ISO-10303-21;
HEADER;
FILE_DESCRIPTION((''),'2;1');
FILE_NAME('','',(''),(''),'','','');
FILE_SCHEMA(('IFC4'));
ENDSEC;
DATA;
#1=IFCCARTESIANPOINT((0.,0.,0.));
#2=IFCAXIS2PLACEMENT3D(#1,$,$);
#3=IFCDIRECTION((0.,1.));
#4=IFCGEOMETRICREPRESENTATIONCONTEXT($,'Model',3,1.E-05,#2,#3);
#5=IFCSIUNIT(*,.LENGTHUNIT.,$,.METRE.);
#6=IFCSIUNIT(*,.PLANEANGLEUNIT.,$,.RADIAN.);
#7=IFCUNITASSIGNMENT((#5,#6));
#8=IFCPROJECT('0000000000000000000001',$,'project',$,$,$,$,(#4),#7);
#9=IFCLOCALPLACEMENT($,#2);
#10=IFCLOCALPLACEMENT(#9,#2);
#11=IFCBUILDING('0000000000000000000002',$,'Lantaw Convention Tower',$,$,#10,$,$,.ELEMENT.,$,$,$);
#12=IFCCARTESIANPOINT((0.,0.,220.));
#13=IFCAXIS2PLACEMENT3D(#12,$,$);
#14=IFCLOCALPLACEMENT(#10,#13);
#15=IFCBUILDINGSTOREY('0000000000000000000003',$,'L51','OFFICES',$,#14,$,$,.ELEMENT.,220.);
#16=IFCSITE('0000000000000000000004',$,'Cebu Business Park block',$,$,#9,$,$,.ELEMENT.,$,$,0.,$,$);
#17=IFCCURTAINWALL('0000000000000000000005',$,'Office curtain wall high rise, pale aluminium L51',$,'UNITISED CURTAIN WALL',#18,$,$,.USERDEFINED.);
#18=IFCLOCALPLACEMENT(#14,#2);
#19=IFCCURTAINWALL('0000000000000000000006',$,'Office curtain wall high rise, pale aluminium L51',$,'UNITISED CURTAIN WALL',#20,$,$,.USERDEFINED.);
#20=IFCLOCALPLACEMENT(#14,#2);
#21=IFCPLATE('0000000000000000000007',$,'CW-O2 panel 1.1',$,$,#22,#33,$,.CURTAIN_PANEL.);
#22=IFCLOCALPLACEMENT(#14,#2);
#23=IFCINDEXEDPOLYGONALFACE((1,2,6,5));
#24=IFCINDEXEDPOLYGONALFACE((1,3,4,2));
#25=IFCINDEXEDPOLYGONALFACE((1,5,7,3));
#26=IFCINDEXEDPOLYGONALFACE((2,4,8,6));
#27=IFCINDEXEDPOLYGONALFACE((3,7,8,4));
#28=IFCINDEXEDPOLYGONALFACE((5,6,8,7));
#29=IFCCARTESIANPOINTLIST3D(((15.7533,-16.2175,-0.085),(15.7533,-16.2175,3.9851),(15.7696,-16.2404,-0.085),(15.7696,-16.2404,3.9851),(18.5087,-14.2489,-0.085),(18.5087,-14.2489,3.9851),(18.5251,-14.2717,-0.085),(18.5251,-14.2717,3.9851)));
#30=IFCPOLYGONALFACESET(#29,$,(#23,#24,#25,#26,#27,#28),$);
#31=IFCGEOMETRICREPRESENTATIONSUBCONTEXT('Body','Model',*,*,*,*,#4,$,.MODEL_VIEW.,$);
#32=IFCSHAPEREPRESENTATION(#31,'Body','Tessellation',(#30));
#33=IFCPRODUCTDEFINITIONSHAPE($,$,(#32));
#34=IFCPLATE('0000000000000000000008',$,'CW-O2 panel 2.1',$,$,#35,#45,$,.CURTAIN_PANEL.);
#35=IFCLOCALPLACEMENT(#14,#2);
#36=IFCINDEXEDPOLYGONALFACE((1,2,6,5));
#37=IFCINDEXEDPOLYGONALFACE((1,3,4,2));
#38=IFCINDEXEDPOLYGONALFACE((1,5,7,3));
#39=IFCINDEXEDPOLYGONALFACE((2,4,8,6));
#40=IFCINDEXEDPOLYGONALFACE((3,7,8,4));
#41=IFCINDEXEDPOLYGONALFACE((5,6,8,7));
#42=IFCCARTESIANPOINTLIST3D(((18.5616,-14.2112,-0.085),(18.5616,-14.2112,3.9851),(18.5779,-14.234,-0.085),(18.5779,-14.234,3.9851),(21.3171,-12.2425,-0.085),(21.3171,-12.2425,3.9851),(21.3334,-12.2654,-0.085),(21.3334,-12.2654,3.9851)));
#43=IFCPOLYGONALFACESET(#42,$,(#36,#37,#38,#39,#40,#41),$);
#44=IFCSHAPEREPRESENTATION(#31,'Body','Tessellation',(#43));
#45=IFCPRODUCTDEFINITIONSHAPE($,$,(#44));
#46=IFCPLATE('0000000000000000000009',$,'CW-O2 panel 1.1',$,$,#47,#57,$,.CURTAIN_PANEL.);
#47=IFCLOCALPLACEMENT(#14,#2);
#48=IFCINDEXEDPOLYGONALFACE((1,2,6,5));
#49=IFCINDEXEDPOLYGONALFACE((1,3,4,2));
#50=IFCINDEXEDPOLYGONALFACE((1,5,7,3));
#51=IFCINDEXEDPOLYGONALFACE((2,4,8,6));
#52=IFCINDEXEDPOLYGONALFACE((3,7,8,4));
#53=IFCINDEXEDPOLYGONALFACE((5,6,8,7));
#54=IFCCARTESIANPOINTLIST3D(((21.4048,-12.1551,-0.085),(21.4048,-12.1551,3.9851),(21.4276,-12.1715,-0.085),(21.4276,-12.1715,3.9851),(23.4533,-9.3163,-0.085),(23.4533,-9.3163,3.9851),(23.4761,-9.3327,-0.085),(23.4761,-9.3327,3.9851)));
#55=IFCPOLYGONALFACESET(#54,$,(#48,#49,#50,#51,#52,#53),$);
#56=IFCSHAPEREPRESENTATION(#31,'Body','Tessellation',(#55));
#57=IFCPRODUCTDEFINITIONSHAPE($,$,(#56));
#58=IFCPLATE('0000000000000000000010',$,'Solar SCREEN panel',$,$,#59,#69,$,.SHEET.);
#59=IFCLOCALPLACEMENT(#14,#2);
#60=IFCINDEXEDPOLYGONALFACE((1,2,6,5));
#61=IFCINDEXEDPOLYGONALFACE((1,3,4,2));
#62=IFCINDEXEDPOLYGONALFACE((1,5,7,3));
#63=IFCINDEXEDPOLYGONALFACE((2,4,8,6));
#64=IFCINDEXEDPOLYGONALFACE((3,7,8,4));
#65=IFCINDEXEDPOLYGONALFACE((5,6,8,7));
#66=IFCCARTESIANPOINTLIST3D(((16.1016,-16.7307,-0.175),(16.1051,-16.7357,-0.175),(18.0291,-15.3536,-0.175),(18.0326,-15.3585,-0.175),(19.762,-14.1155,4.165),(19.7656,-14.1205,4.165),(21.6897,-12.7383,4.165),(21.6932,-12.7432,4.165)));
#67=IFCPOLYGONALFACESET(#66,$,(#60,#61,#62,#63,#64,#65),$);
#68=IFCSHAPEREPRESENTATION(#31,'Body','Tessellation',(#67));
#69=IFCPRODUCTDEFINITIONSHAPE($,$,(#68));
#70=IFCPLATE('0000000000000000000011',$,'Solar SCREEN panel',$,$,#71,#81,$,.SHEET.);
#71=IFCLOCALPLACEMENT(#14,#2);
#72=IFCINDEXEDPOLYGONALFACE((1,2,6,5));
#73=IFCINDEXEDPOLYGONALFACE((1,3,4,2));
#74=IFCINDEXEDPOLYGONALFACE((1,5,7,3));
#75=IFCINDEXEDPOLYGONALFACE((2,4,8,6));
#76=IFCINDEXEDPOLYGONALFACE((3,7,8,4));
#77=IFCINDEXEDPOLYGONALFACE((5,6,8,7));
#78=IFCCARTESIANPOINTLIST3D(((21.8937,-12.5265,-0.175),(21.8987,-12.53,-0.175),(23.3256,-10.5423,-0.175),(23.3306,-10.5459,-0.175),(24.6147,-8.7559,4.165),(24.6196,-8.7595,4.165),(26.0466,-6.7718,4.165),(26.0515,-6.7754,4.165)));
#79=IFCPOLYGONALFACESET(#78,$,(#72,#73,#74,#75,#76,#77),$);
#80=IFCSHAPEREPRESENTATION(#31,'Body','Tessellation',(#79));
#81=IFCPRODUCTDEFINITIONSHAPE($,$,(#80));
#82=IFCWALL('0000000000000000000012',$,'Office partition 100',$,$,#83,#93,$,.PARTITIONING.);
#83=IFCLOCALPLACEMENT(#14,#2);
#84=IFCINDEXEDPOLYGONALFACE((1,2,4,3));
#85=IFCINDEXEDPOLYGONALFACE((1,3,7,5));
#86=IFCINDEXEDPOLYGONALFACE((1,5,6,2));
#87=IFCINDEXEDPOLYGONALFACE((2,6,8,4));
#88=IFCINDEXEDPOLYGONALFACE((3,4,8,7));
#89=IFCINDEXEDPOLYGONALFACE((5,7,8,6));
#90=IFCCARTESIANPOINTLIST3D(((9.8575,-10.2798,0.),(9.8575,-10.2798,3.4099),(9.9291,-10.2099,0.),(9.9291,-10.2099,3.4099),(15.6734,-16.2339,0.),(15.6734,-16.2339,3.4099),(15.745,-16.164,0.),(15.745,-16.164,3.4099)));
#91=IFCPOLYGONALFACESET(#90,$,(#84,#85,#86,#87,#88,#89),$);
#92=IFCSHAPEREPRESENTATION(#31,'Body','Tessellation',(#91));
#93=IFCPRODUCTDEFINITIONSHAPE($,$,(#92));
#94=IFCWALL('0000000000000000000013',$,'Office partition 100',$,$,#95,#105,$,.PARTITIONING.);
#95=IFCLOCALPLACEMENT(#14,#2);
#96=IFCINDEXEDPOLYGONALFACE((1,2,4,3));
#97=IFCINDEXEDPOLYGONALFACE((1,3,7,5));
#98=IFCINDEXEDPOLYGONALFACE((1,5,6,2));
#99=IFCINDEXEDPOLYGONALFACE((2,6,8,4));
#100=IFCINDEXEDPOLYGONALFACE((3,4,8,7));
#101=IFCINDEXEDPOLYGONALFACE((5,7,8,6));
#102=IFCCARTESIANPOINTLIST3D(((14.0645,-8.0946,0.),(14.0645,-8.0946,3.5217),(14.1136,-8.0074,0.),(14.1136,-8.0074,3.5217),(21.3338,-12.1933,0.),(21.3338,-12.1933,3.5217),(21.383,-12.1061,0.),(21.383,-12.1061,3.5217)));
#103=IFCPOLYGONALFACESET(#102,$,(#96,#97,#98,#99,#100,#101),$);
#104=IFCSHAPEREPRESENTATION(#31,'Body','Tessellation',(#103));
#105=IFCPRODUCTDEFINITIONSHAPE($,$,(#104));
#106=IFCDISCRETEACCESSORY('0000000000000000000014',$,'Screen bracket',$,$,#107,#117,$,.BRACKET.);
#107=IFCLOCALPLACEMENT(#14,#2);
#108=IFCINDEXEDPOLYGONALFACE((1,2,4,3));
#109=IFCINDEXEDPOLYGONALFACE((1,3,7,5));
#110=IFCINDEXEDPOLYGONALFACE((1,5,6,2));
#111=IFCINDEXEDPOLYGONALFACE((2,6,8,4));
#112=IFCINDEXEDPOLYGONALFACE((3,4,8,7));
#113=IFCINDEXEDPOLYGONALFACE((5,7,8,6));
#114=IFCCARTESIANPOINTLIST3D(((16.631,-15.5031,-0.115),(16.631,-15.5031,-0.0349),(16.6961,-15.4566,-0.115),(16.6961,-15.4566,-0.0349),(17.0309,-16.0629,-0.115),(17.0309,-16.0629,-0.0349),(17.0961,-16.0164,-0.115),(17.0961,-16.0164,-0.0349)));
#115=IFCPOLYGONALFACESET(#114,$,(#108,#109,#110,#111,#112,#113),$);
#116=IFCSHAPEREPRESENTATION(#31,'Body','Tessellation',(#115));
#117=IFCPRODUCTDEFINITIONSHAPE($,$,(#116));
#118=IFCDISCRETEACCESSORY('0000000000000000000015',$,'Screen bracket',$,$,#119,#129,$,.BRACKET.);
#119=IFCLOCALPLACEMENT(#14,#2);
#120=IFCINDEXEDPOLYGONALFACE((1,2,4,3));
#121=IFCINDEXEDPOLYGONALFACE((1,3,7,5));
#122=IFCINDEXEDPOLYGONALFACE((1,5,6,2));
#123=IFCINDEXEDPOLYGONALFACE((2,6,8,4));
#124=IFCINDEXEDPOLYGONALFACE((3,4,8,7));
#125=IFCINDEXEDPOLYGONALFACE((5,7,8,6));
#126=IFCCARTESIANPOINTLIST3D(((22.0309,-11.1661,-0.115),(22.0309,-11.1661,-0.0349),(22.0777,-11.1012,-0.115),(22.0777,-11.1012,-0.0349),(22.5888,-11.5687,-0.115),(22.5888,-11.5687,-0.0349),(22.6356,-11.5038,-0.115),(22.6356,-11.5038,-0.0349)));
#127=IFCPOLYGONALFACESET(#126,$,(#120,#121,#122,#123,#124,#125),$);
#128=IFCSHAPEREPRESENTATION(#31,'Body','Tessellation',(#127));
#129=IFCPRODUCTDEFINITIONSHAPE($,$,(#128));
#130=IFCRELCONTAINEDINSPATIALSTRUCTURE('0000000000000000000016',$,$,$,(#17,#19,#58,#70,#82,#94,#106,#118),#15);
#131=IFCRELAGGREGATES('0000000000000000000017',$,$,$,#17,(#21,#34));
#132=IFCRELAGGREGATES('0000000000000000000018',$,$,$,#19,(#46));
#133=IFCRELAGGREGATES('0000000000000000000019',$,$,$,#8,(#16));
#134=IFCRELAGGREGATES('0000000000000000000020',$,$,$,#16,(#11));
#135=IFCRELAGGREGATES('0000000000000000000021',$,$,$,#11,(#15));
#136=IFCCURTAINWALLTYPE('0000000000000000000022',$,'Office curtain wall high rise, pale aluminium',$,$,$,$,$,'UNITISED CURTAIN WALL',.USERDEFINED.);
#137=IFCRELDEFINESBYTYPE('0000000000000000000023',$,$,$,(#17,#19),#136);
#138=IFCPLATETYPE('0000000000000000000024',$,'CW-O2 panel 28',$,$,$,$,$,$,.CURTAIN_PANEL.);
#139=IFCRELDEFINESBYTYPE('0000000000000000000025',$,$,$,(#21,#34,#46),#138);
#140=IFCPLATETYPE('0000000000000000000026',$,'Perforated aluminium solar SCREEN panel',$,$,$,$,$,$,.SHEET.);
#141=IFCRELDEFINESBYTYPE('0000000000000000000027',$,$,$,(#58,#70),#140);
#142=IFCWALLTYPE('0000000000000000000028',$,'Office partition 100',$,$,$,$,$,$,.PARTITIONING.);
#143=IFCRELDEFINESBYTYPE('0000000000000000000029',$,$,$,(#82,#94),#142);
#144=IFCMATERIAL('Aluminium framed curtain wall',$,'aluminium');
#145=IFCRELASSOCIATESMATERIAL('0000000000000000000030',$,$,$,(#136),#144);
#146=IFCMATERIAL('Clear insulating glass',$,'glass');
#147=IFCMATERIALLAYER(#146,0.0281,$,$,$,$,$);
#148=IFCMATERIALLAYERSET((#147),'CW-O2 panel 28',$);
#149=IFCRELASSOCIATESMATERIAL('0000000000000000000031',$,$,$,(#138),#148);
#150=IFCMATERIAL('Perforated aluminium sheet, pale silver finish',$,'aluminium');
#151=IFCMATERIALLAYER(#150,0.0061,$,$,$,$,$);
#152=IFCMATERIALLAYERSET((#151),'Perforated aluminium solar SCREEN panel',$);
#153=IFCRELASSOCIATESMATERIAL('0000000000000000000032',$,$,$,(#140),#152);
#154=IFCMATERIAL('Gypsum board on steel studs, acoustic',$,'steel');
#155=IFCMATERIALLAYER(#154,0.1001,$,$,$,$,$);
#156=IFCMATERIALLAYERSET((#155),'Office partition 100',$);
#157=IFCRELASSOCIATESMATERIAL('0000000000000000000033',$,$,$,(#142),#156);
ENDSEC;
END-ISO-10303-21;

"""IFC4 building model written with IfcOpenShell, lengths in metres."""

from ifc_helpers import new_model, si_unit, direction, frame, frame_2d, origin, origin_2d, place, context, subcontext, project, spatial, polyline, rectangle, outline, extrude, material, layer, layer_set, type_object, element, aggregate, save


model = new_model("IFC4")

# Units and contexts
model_context = context("Model", 3, precision=1e-05, world=origin(), true_north=direction((0.0, 1.0)))
body_context = subcontext(model_context, "Body", "Model", "MODEL_VIEW")
ifc_project = project(units=[si_unit("LENGTHUNIT", "METRE"), si_unit("PLANEANGLEUNIT", "RADIAN")], contexts=[model_context])

# Site, building, storey
site_placement = place(None, origin())
site = spatial("IfcSite", under=ifc_project, at=site_placement, Name="Cebu Business Park block", CompositionType="ELEMENT", RefElevation=0.0)
building_placement = place(site_placement, origin())
building = spatial("IfcBuilding", under=site, at=building_placement, Name="Lantaw Convention Tower", CompositionType="ELEMENT")
storey_placement = place(building_placement, frame((0.0, 0.0, 220.0)))
storey = spatial("IfcBuildingStorey", under=building, at=storey_placement, Name="L51", Description="OFFICES", CompositionType="ELEMENT", Elevation=220.0)

# Curtain walls
ifc_material_1 = material(Name="Aluminium framed curtain wall", Category="aluminium")
curtain_wall_type = type_object("IfcCurtainWallType", Name="Office curtain wall high rise, pale aluminium", ElementType="UNITISED CURTAIN WALL", PredefinedType="USERDEFINED", material=ifc_material_1)
curtain_wall_1_placement = place(storey_placement, origin())
curtain_wall_1 = element("IfcCurtainWall", 1, at=curtain_wall_1_placement, inside=storey, type_object=curtain_wall_type, Name="Office curtain wall high rise, pale aluminium L51", ObjectType="UNITISED CURTAIN WALL", PredefinedType="USERDEFINED")
curtain_wall_2_placement = place(storey_placement, origin())
curtain_wall_2 = element("IfcCurtainWall", 2, at=curtain_wall_2_placement, inside=storey, type_object=curtain_wall_type, Name="Office curtain wall high rise, pale aluminium L51", ObjectType="UNITISED CURTAIN WALL", PredefinedType="USERDEFINED")

# Plates
ifc_material_2 = material(Name="Clear insulating glass", Category="glass")
ifc_layer_1 = layer(ifc_material_2, 0.0281)
ifc_layer_set_1 = layer_set([ifc_layer_1], Name="CW-O2 panel 28")
plate_type_1 = type_object("IfcPlateType", Name="CW-O2 panel 28", PredefinedType="CURTAIN_PANEL", material=ifc_layer_set_1)
plate_1_placement = place(storey_placement, frame((17.1392, -15.2446, -0.085), z_axis=(0.0, 0.0, 1.0), x_axis=(0.813673, 0.581323, 0.0)))
plate_1 = element("IfcPlate", 3, at=plate_1_placement, type_object=plate_type_1, Name="CW-O2 panel 1.1", PredefinedType="CURTAIN_PANEL", context=body_context, shape_type="SweptSolid", body=[
    extrude(rectangle(XDim=3.3865, YDim=0.0281, at=origin_2d()), origin(), (0.0, 0.0, 1.0), 4.0701),
])
plate_2_placement = place(storey_placement, frame((19.9475, -13.2383, -0.085), z_axis=(0.0, 0.0, 1.0), x_axis=(0.813673, 0.581323, 0.0)))
plate_2 = element("IfcPlate", 4, at=plate_2_placement, type_object=plate_type_1, Name="CW-O2 panel 2.1", PredefinedType="CURTAIN_PANEL", context=body_context, shape_type="SweptSolid", body=[
    extrude(rectangle(XDim=3.3865, YDim=0.0281, at=origin_2d()), origin(), (0.0, 0.0, 1.0), 4.0701),
])
aggregate(curtain_wall_1, [plate_1, plate_2])
plate_3_placement = place(storey_placement, frame((22.4404, -10.7439, -0.085), z_axis=(0.0, 0.0, 1.0), x_axis=(0.585158, 0.81092, 0.0)))
plate_3 = element("IfcPlate", 5, at=plate_3_placement, type_object=plate_type_1, Name="CW-O2 panel 1.1", PredefinedType="CURTAIN_PANEL", context=body_context, shape_type="SweptSolid", body=[
    extrude(rectangle(XDim=3.5007, YDim=0.0281, at=origin_2d()), origin(), (0.0, 0.0, 1.0), 4.0701),
])
aggregate(curtain_wall_2, [plate_3])

# Plates
ifc_material_3 = material(Name="Perforated aluminium sheet, pale silver finish", Category="aluminium")
ifc_layer_2 = layer(ifc_material_3, 0.0061)
ifc_layer_set_2 = layer_set([ifc_layer_2], Name="Perforated aluminium solar SCREEN panel")
plate_type_2 = type_object("IfcPlateType", Name="Perforated aluminium solar SCREEN panel", PredefinedType="SHEET", material=ifc_layer_set_2)
plate_4_placement = place(storey_placement, frame((16.1016, -16.7307, -0.175), z_axis=(-0.581331, 0.813667, 0.00001), x_axis=(0.813667, 0.581331, 0.0)))
element("IfcPlate", 6, at=plate_4_placement, inside=storey, type_object=plate_type_2, Name="Solar SCREEN panel", PredefinedType="SHEET", context=body_context, shape_type="SweptSolid", body=[
    extrude(outline(polyline([(0.0, 0.0), (2.3689, 0.0), (6.8678, -4.3401), (4.4987, -4.3401), (0.0, 0.0)])), origin(), (0.0, 0.0, -1.0), 0.0061),
])
plate_5_placement = place(storey_placement, frame((21.8987, -12.53, -0.175), z_axis=(0.810892, -0.585195, 0.00002), x_axis=(0.585195, 0.810892, 0.0)))
element("IfcPlate", 7, at=plate_5_placement, inside=storey, type_object=plate_type_2, Name="Solar SCREEN panel", PredefinedType="SHEET", context=body_context, shape_type="SweptSolid", body=[
    extrude(outline(polyline([(0.0, 0.0), (2.4468, 0.0), (7.0966, 4.3401), (4.6498, 4.3401), (0.0, 0.0)])), origin(), (0.0, 0.0, -1.0), 0.0061),
])

# Walls
ifc_material_4 = material(Name="Gypsum board on steel studs, acoustic", Category="steel")
ifc_layer_3 = layer(ifc_material_4, 0.1001)
ifc_layer_set_3 = layer_set([ifc_layer_3], Name="Office partition 100")
wall_type = type_object("IfcWallType", Name="Office partition 100", PredefinedType="PARTITIONING", material=ifc_layer_set_3)
wall_1_placement = place(storey_placement, frame((15.7092, -16.199, 0.0), z_axis=(0.0, 0.0, 1.0), x_axis=(-0.698757, 0.715359, 0.0)))
element("IfcWall", 8, at=wall_1_placement, inside=storey, type_object=wall_type, Name="Office partition 100", PredefinedType="PARTITIONING", context=body_context, shape_type="SweptSolid", body=[
    extrude(rectangle(XDim=8.3232, YDim=0.1001, at=frame_2d((4.1616, 0.0))), origin(), (0.0, 0.0, 1.0), 3.4099),
])
wall_2_placement = place(storey_placement, frame((21.3584, -12.1497, 0.0), z_axis=(0.0, 0.0, 1.0), x_axis=(-0.871081, 0.49114, 0.0)))
element("IfcWall", 9, at=wall_2_placement, inside=storey, type_object=wall_type, Name="Office partition 100", PredefinedType="PARTITIONING", context=body_context, shape_type="SweptSolid", body=[
    extrude(rectangle(XDim=8.3452, YDim=0.1001, at=frame_2d((4.1726, 0.0))), origin(), (0.0, 0.0, 1.0), 3.5217),
])

# Discrete accessories
for number, where, z_axis, x_axis, name in (
    (10, (16.8635, -15.7598, -0.115), (0.0, 0.0, 1.0), (0.813673, 0.581323, 0.0), "Screen bracket"),
    (11, (22.3333, -11.335, -0.115), (0.0, 0.0, 1.0), (0.585158, 0.81092, 0.0), "Screen bracket"),
):
    element("IfcDiscreteAccessory", number, at=place(storey_placement, frame(where, z_axis=z_axis, x_axis=x_axis)), inside=storey, Name=name, PredefinedType="BRACKET", context=body_context, shape_type="SweptSolid", body=[
        extrude(rectangle(XDim=0.0801, YDim=0.688, at=origin_2d()), origin(), (0.0, 0.0, 1.0), 0.0801),
    ])

save(model, "model.ifc")
